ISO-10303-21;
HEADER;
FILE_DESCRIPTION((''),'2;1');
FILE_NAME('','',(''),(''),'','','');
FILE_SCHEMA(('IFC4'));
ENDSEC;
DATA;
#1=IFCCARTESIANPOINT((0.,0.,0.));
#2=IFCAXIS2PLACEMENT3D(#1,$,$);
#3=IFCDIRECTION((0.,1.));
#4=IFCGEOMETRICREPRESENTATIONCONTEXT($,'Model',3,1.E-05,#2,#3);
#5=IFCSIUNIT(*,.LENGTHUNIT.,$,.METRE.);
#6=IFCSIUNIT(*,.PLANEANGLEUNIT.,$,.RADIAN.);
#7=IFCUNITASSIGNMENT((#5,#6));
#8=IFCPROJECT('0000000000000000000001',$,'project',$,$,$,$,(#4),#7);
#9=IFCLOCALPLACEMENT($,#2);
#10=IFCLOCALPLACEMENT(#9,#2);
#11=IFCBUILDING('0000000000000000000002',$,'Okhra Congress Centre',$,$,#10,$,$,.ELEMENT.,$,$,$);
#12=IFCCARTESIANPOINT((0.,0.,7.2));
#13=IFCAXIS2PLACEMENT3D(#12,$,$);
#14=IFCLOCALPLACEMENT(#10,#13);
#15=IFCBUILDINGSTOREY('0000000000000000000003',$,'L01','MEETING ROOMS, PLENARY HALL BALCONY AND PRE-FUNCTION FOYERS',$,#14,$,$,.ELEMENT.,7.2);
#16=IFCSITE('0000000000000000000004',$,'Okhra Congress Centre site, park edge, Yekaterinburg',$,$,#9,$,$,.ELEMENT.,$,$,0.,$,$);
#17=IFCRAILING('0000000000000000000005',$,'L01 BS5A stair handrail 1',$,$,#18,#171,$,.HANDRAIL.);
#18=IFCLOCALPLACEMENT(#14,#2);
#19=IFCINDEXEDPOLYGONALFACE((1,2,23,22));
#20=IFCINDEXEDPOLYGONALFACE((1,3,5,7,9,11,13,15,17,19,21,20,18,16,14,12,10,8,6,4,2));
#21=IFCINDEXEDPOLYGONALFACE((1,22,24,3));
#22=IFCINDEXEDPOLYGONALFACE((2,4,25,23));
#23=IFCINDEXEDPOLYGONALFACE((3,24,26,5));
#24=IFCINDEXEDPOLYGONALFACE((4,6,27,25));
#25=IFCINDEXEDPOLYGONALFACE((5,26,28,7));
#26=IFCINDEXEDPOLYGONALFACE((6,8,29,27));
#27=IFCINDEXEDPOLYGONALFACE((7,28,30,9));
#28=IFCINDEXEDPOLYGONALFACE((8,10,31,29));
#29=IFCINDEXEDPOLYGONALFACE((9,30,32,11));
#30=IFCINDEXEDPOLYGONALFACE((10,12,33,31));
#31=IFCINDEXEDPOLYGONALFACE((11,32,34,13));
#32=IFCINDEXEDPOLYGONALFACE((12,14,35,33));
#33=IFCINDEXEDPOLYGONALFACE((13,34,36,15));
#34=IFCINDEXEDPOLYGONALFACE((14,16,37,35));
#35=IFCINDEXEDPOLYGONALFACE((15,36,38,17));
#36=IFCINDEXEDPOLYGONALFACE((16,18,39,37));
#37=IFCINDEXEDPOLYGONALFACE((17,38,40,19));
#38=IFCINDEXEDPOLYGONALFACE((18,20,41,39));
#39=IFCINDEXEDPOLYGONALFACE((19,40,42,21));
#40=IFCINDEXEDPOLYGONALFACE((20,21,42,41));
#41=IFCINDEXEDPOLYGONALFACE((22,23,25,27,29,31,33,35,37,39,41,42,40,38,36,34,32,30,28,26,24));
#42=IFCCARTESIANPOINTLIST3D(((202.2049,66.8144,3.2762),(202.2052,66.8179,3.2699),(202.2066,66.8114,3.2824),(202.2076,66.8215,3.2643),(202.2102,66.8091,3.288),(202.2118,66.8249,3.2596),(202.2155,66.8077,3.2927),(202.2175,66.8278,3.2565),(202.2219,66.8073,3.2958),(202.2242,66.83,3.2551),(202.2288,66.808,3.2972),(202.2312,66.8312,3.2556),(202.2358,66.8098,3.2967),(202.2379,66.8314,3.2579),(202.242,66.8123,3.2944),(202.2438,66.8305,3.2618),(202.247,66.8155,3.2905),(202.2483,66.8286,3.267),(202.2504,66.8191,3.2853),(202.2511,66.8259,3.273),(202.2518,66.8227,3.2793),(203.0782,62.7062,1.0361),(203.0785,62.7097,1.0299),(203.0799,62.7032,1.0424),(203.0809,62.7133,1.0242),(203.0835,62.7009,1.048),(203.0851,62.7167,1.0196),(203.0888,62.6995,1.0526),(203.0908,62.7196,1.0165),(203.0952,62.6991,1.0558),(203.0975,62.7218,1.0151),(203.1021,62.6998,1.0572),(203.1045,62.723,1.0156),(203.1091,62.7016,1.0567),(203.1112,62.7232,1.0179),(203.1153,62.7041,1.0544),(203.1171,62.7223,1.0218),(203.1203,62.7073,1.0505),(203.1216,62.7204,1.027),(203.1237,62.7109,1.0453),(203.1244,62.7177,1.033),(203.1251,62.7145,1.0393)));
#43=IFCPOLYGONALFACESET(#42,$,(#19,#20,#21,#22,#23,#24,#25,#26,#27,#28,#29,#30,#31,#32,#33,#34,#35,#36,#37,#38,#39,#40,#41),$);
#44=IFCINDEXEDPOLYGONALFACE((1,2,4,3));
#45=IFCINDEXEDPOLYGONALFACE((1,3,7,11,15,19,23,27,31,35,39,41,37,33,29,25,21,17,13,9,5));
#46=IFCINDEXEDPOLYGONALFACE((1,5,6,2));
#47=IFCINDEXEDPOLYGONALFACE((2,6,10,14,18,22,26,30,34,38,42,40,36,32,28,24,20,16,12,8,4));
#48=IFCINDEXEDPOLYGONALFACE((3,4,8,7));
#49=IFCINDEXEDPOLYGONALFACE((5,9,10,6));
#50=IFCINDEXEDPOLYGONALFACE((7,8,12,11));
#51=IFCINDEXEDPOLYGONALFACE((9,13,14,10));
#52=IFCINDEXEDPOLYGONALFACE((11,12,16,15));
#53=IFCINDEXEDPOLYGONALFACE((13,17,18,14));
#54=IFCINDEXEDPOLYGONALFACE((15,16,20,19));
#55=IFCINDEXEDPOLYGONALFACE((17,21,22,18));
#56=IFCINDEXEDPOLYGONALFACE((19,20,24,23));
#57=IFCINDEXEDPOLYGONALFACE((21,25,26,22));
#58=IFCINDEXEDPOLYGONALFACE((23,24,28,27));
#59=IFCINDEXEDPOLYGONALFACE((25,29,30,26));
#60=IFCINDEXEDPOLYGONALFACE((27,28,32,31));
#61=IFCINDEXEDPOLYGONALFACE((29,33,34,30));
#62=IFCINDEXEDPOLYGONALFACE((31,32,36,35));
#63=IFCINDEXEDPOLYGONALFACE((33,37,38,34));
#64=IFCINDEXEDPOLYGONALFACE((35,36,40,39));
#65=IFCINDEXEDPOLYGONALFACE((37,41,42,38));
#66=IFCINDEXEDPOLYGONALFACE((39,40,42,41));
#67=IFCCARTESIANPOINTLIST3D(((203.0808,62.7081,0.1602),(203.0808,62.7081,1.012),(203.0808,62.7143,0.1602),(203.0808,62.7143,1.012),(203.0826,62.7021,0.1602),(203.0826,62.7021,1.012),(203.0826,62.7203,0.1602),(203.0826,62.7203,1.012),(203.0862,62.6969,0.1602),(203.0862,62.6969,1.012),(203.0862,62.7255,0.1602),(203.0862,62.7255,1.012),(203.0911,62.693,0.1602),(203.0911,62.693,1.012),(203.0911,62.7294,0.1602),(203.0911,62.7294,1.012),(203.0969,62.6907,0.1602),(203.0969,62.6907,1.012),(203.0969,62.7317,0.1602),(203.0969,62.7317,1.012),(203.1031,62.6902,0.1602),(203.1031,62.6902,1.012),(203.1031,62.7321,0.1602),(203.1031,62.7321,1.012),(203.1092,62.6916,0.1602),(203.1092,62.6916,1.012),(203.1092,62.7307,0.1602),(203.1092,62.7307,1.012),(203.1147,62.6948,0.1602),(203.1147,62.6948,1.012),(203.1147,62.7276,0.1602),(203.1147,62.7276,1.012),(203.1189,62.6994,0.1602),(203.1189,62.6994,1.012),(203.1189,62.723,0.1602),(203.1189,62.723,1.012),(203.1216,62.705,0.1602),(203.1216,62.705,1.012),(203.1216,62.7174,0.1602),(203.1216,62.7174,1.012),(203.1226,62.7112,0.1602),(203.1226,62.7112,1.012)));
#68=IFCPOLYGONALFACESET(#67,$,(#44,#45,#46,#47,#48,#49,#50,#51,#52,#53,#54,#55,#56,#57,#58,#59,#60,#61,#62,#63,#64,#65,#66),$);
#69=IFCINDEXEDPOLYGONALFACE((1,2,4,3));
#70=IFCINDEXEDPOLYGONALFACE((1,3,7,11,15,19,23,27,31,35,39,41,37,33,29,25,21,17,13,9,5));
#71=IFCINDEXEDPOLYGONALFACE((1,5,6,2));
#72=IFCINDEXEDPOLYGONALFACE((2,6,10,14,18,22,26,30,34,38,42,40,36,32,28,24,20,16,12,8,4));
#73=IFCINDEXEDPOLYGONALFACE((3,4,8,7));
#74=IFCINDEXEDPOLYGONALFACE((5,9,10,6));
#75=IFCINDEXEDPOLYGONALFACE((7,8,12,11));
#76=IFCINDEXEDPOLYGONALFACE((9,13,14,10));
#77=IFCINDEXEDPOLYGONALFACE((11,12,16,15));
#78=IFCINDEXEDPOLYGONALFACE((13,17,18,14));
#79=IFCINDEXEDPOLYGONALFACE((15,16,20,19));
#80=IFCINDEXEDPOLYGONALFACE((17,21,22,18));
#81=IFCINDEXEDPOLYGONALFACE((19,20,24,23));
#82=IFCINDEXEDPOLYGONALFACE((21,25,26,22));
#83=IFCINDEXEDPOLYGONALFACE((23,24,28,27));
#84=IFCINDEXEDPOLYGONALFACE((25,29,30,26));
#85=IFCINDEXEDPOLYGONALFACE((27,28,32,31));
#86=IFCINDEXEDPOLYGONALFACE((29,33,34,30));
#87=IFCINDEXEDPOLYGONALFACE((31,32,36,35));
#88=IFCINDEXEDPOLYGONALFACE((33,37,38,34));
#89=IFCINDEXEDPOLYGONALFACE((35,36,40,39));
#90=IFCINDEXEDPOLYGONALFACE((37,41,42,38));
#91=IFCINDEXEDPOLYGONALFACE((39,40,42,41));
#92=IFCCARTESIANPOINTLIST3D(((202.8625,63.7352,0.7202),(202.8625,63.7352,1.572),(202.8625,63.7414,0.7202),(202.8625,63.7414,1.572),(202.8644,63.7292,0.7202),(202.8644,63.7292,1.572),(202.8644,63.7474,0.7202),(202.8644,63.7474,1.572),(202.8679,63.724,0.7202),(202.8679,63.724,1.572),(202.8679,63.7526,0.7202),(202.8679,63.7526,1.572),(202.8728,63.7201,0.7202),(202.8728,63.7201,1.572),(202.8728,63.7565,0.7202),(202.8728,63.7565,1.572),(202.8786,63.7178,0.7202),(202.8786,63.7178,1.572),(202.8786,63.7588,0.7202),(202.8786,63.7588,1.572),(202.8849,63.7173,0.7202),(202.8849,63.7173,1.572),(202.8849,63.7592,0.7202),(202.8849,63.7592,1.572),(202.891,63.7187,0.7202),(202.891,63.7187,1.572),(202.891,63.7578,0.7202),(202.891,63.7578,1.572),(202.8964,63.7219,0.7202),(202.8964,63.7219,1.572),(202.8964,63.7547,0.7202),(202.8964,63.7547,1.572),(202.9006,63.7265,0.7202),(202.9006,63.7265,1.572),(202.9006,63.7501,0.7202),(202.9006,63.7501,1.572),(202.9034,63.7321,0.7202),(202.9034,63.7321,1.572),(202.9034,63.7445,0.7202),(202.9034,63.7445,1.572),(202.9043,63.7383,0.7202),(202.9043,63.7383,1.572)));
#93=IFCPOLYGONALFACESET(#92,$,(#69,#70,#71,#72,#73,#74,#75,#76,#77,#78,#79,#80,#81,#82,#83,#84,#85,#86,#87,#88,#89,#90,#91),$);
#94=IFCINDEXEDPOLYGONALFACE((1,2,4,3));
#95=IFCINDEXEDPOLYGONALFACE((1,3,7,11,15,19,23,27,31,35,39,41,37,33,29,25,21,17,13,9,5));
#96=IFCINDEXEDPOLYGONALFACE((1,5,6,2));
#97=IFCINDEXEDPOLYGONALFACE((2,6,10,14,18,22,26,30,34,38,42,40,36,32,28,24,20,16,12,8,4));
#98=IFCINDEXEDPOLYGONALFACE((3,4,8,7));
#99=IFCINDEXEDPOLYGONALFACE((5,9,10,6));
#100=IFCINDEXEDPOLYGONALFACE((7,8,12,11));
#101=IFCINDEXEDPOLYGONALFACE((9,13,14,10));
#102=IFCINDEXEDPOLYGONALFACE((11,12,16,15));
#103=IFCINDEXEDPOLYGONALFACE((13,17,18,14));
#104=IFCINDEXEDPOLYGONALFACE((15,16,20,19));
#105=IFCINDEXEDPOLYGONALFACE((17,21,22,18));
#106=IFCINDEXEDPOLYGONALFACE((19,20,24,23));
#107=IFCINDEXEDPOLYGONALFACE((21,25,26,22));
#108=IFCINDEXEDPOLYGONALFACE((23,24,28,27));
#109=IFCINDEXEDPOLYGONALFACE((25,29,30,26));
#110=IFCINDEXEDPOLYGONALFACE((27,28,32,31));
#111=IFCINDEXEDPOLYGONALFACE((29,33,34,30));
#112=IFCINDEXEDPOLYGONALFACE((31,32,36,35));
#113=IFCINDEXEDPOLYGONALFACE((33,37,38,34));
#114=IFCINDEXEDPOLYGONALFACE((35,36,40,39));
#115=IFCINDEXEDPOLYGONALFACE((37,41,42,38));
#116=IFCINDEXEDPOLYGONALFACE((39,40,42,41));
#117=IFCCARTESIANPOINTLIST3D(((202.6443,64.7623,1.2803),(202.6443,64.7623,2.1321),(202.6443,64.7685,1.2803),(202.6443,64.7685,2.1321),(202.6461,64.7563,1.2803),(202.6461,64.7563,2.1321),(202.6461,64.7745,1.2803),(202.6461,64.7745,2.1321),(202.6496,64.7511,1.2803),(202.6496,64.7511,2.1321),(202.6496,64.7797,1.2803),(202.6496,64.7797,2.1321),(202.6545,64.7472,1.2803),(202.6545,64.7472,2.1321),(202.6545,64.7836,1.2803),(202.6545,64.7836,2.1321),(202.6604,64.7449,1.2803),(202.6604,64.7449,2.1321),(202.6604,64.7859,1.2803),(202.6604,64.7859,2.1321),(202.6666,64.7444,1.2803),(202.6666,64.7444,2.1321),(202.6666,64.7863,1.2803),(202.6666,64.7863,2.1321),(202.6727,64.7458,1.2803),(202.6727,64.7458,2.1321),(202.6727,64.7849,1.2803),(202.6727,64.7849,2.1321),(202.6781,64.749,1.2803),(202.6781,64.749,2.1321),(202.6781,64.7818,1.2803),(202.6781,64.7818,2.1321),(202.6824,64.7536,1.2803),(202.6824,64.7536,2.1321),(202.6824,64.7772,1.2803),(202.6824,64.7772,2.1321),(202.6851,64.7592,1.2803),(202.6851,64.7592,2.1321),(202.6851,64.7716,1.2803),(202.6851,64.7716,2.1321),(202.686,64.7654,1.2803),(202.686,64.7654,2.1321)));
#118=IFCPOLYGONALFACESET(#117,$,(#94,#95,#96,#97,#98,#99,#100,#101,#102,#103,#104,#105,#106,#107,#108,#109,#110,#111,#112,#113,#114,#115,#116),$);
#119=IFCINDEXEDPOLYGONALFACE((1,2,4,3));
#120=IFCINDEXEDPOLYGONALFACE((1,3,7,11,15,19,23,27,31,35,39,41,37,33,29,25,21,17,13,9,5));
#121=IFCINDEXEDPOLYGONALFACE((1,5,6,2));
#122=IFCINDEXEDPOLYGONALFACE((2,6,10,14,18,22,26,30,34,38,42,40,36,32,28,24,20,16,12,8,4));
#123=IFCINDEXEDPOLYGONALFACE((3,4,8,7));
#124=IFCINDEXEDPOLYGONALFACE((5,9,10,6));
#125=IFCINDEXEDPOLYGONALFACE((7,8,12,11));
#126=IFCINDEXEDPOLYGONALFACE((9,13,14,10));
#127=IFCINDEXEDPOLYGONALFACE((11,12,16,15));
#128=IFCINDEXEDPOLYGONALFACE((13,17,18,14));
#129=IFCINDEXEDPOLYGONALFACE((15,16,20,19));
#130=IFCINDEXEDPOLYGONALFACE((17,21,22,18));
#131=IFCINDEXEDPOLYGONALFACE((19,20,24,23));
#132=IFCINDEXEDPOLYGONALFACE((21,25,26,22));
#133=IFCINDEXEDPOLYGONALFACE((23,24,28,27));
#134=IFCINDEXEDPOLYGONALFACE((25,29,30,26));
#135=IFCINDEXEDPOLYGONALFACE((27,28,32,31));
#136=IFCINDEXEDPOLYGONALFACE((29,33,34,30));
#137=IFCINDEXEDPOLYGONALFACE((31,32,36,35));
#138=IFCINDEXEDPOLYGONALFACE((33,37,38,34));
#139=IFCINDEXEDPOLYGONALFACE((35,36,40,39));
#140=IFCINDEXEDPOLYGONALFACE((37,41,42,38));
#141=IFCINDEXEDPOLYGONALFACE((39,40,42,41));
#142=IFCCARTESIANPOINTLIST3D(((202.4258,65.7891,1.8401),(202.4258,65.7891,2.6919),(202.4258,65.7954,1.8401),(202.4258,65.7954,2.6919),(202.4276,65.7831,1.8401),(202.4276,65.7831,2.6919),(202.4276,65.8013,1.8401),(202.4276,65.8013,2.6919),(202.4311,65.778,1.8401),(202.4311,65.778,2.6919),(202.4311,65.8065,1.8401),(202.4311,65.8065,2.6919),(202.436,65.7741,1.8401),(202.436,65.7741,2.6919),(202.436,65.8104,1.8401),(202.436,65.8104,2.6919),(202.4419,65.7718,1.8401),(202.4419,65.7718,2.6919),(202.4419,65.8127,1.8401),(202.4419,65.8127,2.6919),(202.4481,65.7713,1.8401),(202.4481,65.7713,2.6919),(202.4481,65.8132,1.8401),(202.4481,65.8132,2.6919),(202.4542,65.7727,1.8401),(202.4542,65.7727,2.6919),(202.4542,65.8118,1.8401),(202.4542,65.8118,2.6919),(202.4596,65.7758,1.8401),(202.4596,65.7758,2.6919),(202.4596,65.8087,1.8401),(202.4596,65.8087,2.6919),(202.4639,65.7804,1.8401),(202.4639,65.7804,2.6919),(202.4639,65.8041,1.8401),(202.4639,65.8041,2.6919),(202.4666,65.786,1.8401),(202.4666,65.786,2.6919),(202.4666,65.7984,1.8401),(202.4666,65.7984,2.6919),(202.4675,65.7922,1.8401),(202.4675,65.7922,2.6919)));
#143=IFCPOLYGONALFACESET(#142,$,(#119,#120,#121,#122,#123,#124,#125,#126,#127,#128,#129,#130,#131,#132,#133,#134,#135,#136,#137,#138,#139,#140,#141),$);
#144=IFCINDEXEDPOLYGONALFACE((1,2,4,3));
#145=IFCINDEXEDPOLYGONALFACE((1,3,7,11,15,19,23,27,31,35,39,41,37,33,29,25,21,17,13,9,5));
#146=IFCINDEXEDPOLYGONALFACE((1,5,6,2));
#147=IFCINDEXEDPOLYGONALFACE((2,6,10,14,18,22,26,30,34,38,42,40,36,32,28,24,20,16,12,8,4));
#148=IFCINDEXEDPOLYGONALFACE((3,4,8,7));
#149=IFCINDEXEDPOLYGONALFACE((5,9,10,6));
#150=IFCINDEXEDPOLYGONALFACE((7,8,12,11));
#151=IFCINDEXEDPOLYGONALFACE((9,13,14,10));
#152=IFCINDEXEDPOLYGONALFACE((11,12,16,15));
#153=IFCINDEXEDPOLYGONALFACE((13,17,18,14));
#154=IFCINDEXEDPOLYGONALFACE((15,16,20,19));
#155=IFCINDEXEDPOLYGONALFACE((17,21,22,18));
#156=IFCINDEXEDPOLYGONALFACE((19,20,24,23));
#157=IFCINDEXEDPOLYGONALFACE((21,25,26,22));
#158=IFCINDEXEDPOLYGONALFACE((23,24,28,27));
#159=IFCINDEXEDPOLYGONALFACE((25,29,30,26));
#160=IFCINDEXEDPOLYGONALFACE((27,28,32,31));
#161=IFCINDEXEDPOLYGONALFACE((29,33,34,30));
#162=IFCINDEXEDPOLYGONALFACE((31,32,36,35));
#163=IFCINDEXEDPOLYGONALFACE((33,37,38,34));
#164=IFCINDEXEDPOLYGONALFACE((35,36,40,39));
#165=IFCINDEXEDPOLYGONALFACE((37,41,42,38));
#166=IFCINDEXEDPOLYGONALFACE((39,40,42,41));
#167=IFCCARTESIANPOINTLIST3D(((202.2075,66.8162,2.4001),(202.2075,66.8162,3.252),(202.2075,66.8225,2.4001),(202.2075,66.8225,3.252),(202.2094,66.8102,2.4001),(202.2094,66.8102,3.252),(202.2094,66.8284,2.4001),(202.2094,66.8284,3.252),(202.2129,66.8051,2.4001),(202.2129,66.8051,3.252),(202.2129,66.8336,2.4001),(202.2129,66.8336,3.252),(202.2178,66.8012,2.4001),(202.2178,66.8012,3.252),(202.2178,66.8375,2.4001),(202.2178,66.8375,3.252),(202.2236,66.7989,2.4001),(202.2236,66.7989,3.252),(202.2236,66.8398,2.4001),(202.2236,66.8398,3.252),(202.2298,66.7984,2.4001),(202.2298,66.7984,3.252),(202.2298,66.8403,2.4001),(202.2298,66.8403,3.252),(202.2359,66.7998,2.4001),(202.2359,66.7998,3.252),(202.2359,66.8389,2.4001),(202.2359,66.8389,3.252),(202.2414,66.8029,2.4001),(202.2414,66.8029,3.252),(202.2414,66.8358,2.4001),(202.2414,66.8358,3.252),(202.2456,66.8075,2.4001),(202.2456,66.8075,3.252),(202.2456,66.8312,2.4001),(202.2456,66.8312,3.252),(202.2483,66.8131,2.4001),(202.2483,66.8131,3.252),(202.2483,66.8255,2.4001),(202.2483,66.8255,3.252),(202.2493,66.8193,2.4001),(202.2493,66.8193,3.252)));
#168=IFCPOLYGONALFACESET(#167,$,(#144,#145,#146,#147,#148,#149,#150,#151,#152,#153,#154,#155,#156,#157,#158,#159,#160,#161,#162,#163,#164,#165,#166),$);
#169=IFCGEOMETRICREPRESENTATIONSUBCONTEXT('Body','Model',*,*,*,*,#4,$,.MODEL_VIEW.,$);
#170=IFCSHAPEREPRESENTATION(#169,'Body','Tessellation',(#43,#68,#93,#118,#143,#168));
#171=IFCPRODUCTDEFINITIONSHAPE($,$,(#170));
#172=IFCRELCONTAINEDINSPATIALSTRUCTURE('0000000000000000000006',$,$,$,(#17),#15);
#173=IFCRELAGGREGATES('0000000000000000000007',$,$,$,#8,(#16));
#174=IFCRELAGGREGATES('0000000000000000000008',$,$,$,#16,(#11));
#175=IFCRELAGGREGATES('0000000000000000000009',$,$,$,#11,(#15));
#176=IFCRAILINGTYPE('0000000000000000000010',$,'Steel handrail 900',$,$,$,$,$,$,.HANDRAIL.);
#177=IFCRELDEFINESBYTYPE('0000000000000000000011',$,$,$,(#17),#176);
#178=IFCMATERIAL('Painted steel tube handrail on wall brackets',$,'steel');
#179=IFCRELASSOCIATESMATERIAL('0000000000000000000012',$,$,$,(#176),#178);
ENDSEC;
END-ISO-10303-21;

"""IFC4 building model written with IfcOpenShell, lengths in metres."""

from ifc_helpers import new_model, si_unit, direction, frame, origin, origin_2d, place, context, subcontext, project, spatial, circle, extrude, material, type_object, element, save


model = new_model("IFC4")

# Units and contexts
model_context = context("Model", 3, precision=1e-05, world=origin(), true_north=direction((0.0, 1.0)))
body_context = subcontext(model_context, "Body", "Model", "MODEL_VIEW")
ifc_project = project(units=[si_unit("LENGTHUNIT", "METRE"), si_unit("PLANEANGLEUNIT", "RADIAN")], contexts=[model_context])

# Site, building, storey
site_placement = place(None, origin())
site = spatial("IfcSite", under=ifc_project, at=site_placement, Name="Okhra Congress Centre site, park edge, Yekaterinburg", CompositionType="ELEMENT", RefElevation=0.0)
building_placement = place(site_placement, origin())
building = spatial("IfcBuilding", under=site, at=building_placement, Name="Okhra Congress Centre", CompositionType="ELEMENT")
storey_placement = place(building_placement, frame((0.0, 0.0, 7.2)))
storey = spatial("IfcBuildingStorey", under=building, at=storey_placement, Name="L01", Description="MEETING ROOMS, PLENARY HALL BALCONY AND PRE-FUNCTION FOYERS", CompositionType="ELEMENT", Elevation=7.2)

# Railing
ifc_material_1 = material(Name="Painted steel tube handrail on wall brackets", Category="steel")
railing_type_1 = type_object("IfcRailingType", Name="Steel handrail 900", PredefinedType="HANDRAIL", material=ifc_material_1)
railing_1_placement = place(storey_placement, frame((203.1016, 62.7112, 0.1602)))
element("IfcRailing", 1, at=railing_1_placement, inside=storey, type_object=railing_type_1, Name="L01 BS5A stair handrail 1", PredefinedType="HANDRAIL", context=body_context, shape_type="SweptSolid", body=[
    extrude(circle(Radius=0.0239, at=origin_2d()), frame((0.0, 0.0, 0.876), z_axis=(-0.183466, 0.863067, 0.470591), x_axis=(-0.978144, -0.207929, 0.0)), (0.0, 0.0, 1.0), 4.76),
    extrude(circle(Radius=0.021, at=origin_2d()), origin(), (0.0, 0.0, 1.0), 0.8518),
    extrude(circle(Radius=0.021, at=origin_2d()), frame((-0.2183, 1.0271, 0.5601)), (0.0, 0.0, 1.0), 0.8518),
    extrude(circle(Radius=0.021, at=origin_2d()), frame((-0.4365, 2.0542, 1.1201)), (0.0, 0.0, 1.0), 0.8518),
    extrude(circle(Radius=0.021, at=origin_2d()), frame((-0.655, 3.0811, 1.6799)), (0.0, 0.0, 1.0), 0.8518),
    extrude(circle(Radius=0.021, at=origin_2d()), frame((-0.8733, 4.1082, 2.24)), (0.0, 0.0, 1.0), 0.8518),
])

save(model, "model.ifc")
